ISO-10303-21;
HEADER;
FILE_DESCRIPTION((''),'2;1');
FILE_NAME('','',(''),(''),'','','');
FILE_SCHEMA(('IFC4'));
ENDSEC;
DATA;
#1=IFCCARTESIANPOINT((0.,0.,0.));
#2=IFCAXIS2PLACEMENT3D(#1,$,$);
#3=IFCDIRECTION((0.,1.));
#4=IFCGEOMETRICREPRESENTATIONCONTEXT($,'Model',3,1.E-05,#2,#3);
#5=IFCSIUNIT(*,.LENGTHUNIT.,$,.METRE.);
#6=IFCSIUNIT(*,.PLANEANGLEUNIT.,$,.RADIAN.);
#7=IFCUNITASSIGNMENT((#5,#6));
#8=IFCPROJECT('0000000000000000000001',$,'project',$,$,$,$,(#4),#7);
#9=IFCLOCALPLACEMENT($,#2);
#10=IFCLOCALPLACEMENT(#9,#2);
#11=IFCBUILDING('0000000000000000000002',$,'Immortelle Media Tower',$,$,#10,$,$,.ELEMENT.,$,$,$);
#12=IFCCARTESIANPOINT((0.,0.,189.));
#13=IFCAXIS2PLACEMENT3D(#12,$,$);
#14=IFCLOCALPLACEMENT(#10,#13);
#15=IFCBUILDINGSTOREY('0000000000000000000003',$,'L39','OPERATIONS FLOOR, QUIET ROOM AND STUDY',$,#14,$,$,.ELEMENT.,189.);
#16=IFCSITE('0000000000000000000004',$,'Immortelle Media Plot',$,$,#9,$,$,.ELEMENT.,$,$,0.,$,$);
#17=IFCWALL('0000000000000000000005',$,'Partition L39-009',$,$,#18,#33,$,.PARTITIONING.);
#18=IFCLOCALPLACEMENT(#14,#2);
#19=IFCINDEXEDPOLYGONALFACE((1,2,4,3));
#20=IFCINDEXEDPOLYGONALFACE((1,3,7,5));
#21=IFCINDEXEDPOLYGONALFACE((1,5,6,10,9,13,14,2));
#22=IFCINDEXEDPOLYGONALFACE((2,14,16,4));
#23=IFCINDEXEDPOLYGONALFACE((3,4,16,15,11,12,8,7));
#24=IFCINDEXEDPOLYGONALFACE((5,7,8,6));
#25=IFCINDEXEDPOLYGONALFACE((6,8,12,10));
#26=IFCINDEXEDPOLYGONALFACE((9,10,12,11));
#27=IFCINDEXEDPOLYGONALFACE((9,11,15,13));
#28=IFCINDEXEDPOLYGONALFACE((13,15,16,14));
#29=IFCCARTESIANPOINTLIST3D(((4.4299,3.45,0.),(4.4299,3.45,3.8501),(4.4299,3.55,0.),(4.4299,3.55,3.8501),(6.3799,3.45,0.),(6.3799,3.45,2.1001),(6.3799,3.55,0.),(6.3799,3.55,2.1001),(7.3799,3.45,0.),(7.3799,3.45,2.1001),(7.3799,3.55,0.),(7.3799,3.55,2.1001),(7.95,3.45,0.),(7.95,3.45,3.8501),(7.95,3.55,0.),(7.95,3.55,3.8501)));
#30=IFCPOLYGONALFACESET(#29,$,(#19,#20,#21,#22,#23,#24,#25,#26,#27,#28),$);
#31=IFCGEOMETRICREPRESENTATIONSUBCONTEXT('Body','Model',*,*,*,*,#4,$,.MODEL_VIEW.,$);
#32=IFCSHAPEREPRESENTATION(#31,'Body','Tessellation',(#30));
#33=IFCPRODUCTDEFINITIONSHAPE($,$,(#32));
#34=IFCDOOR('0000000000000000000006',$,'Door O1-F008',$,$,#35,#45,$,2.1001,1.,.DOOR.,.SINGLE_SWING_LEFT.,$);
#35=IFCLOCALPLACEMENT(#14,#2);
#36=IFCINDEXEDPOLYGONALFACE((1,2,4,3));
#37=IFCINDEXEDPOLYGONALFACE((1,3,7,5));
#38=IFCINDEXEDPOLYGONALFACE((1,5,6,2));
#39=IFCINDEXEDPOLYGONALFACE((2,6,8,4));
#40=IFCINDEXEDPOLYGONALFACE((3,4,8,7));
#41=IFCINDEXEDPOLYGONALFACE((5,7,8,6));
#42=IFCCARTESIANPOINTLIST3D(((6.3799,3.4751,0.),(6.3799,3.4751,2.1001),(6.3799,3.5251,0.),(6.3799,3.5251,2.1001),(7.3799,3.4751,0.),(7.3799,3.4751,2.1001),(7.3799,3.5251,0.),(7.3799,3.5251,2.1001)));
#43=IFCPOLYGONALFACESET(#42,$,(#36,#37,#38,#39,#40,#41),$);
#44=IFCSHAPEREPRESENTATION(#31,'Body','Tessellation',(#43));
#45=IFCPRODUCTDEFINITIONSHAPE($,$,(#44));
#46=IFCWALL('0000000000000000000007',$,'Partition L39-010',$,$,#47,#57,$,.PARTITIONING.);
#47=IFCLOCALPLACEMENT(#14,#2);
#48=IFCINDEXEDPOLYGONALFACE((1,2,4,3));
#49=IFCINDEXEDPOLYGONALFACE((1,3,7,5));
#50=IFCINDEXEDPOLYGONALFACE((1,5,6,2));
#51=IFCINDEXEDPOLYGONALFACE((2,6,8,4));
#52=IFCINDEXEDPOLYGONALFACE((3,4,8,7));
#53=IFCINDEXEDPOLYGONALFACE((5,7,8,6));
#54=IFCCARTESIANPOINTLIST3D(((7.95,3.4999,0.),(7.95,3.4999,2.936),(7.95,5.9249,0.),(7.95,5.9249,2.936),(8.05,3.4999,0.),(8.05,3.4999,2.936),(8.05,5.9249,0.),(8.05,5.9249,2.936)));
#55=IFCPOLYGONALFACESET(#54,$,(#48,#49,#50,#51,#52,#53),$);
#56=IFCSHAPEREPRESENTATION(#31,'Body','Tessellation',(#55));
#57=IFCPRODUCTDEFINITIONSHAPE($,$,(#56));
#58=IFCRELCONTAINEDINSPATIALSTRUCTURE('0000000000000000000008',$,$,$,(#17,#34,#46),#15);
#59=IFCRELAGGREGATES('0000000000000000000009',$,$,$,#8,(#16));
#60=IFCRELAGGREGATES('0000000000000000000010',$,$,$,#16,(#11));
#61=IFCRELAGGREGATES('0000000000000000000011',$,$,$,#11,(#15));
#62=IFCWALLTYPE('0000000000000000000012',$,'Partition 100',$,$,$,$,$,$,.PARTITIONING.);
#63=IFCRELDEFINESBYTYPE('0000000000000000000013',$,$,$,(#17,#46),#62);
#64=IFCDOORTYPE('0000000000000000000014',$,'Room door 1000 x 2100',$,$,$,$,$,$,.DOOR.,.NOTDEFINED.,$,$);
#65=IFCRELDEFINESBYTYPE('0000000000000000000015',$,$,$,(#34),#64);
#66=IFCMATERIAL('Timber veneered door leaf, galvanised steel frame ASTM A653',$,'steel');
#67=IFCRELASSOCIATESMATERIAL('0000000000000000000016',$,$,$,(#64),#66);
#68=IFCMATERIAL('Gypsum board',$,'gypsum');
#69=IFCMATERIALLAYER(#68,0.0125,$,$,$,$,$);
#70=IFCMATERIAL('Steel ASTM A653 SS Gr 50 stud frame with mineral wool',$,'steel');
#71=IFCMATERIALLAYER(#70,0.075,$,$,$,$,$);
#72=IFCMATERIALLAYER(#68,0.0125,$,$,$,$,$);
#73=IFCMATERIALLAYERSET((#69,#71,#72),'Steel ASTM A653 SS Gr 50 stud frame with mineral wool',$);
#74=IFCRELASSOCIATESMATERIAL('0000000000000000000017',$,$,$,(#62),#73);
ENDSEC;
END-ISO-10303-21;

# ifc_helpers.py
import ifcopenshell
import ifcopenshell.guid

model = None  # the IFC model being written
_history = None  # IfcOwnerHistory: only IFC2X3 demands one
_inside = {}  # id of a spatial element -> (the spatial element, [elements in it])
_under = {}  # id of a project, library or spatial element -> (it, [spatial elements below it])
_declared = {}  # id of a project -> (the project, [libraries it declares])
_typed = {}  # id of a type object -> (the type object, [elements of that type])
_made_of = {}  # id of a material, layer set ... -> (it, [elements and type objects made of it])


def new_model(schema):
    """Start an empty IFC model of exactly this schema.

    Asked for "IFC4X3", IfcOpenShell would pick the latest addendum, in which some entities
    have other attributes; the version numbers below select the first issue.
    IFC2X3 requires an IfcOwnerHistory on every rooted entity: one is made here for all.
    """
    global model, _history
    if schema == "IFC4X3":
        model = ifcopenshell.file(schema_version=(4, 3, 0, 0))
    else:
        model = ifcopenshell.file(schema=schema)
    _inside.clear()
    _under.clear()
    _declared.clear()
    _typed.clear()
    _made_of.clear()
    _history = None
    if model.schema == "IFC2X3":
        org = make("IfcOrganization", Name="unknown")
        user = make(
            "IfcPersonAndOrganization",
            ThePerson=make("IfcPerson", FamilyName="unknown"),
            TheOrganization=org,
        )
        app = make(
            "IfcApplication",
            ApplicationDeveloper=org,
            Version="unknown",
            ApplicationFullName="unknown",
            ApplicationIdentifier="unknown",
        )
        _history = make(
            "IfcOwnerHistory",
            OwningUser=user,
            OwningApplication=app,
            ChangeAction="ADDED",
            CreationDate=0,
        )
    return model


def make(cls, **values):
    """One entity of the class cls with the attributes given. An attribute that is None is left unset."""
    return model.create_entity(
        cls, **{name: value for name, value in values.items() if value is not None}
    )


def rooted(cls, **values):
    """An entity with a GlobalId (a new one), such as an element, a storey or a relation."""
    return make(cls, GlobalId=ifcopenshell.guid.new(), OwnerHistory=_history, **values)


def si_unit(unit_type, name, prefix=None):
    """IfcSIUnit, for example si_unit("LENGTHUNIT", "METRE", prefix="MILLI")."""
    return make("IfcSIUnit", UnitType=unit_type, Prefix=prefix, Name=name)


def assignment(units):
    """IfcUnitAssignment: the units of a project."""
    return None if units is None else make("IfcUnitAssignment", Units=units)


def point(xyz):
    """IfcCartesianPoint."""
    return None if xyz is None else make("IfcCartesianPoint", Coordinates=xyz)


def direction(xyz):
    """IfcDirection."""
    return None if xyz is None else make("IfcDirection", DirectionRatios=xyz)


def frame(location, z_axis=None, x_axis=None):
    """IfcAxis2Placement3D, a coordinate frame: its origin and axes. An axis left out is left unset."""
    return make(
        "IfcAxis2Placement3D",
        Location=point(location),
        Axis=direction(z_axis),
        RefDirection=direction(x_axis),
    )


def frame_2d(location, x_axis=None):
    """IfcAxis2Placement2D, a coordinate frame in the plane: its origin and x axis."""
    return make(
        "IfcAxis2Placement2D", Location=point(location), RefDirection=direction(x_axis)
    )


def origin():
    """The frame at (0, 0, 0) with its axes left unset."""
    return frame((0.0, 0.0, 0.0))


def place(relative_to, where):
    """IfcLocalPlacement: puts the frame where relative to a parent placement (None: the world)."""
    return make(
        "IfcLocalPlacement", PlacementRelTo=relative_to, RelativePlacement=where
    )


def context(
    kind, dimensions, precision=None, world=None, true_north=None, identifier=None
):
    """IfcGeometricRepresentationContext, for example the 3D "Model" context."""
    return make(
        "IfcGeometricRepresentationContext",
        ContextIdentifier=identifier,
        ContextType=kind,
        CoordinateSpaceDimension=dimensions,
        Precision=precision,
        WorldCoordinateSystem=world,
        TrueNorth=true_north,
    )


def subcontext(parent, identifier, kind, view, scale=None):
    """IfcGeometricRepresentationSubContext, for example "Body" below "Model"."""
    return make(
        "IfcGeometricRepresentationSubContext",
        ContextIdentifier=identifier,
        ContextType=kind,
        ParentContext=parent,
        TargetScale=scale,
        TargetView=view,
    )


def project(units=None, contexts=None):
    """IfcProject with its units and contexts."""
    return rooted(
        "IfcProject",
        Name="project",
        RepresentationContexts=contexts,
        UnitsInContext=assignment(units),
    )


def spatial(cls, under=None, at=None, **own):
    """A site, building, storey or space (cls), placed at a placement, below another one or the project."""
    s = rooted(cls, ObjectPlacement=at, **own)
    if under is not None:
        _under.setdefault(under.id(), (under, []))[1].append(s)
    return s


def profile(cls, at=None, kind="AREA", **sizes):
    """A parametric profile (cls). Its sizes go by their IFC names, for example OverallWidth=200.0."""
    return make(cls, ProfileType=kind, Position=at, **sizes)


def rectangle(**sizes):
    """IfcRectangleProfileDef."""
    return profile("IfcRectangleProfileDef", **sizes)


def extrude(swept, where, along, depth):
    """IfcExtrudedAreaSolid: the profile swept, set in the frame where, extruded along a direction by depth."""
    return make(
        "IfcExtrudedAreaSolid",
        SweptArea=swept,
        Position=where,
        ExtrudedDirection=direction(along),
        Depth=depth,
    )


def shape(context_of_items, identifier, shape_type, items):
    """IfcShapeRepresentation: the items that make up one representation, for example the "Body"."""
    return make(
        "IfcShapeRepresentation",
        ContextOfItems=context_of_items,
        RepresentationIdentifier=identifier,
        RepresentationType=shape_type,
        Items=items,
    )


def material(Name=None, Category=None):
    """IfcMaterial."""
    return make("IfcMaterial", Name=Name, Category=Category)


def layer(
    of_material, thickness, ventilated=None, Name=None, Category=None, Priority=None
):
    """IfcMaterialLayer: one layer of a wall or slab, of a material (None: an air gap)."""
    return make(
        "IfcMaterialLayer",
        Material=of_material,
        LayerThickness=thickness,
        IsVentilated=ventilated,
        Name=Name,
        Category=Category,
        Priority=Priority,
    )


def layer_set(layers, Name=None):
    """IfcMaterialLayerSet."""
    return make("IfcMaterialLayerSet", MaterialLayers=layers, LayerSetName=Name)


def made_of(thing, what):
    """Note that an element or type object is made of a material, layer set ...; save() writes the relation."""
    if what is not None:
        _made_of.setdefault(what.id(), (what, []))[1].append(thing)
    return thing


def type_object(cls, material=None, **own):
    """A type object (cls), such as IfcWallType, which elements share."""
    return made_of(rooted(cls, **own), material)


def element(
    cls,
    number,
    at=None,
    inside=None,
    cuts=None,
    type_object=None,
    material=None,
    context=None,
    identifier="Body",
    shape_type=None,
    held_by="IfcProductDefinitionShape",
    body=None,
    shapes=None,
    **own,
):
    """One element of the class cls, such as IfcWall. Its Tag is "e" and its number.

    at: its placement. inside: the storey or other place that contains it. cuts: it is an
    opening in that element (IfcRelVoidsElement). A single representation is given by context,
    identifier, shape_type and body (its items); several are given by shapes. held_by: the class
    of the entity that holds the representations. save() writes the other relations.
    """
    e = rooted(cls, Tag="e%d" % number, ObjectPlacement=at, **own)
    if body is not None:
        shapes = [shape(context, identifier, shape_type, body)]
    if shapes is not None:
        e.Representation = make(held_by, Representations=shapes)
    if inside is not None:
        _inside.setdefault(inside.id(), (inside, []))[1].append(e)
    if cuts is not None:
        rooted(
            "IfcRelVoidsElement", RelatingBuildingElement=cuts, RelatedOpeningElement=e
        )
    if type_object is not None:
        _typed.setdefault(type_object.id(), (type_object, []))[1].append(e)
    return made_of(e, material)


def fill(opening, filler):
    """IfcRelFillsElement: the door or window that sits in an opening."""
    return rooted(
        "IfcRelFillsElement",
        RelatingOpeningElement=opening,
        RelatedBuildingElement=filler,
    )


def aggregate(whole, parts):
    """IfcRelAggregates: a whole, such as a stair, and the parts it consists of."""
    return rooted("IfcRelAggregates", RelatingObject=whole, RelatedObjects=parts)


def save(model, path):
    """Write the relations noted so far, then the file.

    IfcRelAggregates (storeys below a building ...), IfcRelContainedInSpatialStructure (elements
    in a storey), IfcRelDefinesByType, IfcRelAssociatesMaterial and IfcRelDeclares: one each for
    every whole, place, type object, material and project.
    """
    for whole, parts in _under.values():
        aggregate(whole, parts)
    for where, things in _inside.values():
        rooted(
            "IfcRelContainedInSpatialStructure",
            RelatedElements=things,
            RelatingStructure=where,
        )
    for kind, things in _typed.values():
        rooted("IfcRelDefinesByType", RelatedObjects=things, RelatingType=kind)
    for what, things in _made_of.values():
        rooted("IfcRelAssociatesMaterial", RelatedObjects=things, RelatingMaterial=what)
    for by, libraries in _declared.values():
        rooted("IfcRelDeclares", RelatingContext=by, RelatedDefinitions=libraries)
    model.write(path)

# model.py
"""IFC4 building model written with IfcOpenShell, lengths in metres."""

from ifc_helpers import new_model, si_unit, direction, frame, frame_2d, origin, place, context, subcontext, project, spatial, rectangle, extrude, material, layer, layer_set, type_object, element, fill, save


model = new_model("IFC4")

# Units and contexts
model_context = context("Model", 3, precision=1e-05, world=origin(), true_north=direction((0.0, 1.0)))
body_context = subcontext(model_context, "Body", "Model", "MODEL_VIEW")
ifc_project = project(units=[si_unit("LENGTHUNIT", "METRE"), si_unit("PLANEANGLEUNIT", "RADIAN")], contexts=[model_context])

# Site, building, storey
site_placement = place(None, origin())
site = spatial("IfcSite", under=ifc_project, at=site_placement, Name="Immortelle Media Plot", CompositionType="ELEMENT", RefElevation=0.0)
building_placement = place(site_placement, origin())
building = spatial("IfcBuilding", under=site, at=building_placement, Name="Immortelle Media Tower", CompositionType="ELEMENT")
storey_placement = place(building_placement, frame((0.0, 0.0, 189.0)))
storey = spatial("IfcBuildingStorey", under=building, at=storey_placement, Name="L39", Description="OPERATIONS FLOOR, QUIET ROOM AND STUDY", CompositionType="ELEMENT", Elevation=189.0)

# Shared definitions
ifc_material_1 = material(Name="Steel ASTM A653 SS Gr 50 stud frame with mineral wool", Category="steel")
ifc_material_2 = material(Name="Timber veneered door leaf, galvanised steel frame ASTM A653", Category="steel")
door_type = type_object("IfcDoorType", Name="Room door 1000 x 2100", OperationType="NOTDEFINED", PredefinedType="DOOR", material=ifc_material_2)

# Shared definitions
ifc_material_3 = material(Name="Gypsum board", Category="gypsum")
ifc_layer_1 = layer(ifc_material_3, 0.0125)
ifc_layer_2 = layer(ifc_material_1, 0.075)
ifc_layer_3 = layer(ifc_material_3, 0.0125)
ifc_layer_set_1 = layer_set([ifc_layer_1, ifc_layer_2, ifc_layer_3], Name="Steel ASTM A653 SS Gr 50 stud frame with mineral wool")
wall_type_1 = type_object("IfcWallType", Name="Partition 100", PredefinedType="PARTITIONING", material=ifc_layer_set_1)

# Wall, opening, door
wall_1_placement = place(storey_placement, frame((4.4299, 3.5, 0.0), z_axis=(0.0, 0.0, 1.0), x_axis=(1.0, 0.0, 0.0)))
wall_1 = element("IfcWall", 1, at=wall_1_placement, inside=storey, type_object=wall_type_1, Name="Partition L39-009", PredefinedType="PARTITIONING", context=body_context, shape_type="SweptSolid", body=[
    extrude(rectangle(XDim=3.52, YDim=0.1001, at=frame_2d((1.76, 0.0))), origin(), (0.0, 0.0, 1.0), 3.8501),
])
opening_1_placement = place(wall_1_placement, frame((2.95, 0.0, 0.0), z_axis=(0.0, 0.0, 1.0), x_axis=(-1.0, 0.0, 0.0)))
opening_1 = element("IfcOpeningElement", 2, at=opening_1_placement, cuts=wall_1, PredefinedType="OPENING", context=body_context, shape_type="SweptSolid", body=[
    extrude(rectangle(XDim=1.0, YDim=2.1001, at=frame_2d((0.5, 1.05))), frame((0.0, 0.0601, 0.0), z_axis=(0.0, -1.0, 0.0), x_axis=(1.0, 0.0, 0.0)), (0.0, 0.0, 1.0), 0.1201),
])
door_1_placement = place(opening_1_placement, origin())
door_1 = element("IfcDoor", 3, at=door_1_placement, inside=storey, type_object=door_type, Name="Door O1-F008", OperationType="SINGLE_SWING_LEFT", OverallHeight=2.1001, OverallWidth=1.0, PredefinedType="DOOR", context=body_context, shape_type="SweptSolid", body=[
    extrude(rectangle(XDim=1.0, YDim=2.1001, at=frame_2d((0.5, 1.05))), frame((0.0, 0.0249, 0.0), z_axis=(0.0, -1.0, 0.0), x_axis=(1.0, 0.0, 0.0)), (0.0, 0.0, 1.0), 0.05),
])
fill(opening_1, door_1)

# Wall
wall_2_placement = place(storey_placement, frame((8.0, 3.5, 0.0), z_axis=(0.0, 0.0, 1.0), x_axis=(0.0, 1.0, 0.0)))
element("IfcWall", 4, at=wall_2_placement, inside=storey, type_object=wall_type_1, Name="Partition L39-010", PredefinedType="PARTITIONING", context=body_context, shape_type="SweptSolid", body=[
    extrude(rectangle(XDim=2.425, YDim=0.1001, at=frame_2d((1.2124, 0.0))), origin(), (0.0, 0.0, 1.0), 2.936),
])

save(model, "model.ifc")
